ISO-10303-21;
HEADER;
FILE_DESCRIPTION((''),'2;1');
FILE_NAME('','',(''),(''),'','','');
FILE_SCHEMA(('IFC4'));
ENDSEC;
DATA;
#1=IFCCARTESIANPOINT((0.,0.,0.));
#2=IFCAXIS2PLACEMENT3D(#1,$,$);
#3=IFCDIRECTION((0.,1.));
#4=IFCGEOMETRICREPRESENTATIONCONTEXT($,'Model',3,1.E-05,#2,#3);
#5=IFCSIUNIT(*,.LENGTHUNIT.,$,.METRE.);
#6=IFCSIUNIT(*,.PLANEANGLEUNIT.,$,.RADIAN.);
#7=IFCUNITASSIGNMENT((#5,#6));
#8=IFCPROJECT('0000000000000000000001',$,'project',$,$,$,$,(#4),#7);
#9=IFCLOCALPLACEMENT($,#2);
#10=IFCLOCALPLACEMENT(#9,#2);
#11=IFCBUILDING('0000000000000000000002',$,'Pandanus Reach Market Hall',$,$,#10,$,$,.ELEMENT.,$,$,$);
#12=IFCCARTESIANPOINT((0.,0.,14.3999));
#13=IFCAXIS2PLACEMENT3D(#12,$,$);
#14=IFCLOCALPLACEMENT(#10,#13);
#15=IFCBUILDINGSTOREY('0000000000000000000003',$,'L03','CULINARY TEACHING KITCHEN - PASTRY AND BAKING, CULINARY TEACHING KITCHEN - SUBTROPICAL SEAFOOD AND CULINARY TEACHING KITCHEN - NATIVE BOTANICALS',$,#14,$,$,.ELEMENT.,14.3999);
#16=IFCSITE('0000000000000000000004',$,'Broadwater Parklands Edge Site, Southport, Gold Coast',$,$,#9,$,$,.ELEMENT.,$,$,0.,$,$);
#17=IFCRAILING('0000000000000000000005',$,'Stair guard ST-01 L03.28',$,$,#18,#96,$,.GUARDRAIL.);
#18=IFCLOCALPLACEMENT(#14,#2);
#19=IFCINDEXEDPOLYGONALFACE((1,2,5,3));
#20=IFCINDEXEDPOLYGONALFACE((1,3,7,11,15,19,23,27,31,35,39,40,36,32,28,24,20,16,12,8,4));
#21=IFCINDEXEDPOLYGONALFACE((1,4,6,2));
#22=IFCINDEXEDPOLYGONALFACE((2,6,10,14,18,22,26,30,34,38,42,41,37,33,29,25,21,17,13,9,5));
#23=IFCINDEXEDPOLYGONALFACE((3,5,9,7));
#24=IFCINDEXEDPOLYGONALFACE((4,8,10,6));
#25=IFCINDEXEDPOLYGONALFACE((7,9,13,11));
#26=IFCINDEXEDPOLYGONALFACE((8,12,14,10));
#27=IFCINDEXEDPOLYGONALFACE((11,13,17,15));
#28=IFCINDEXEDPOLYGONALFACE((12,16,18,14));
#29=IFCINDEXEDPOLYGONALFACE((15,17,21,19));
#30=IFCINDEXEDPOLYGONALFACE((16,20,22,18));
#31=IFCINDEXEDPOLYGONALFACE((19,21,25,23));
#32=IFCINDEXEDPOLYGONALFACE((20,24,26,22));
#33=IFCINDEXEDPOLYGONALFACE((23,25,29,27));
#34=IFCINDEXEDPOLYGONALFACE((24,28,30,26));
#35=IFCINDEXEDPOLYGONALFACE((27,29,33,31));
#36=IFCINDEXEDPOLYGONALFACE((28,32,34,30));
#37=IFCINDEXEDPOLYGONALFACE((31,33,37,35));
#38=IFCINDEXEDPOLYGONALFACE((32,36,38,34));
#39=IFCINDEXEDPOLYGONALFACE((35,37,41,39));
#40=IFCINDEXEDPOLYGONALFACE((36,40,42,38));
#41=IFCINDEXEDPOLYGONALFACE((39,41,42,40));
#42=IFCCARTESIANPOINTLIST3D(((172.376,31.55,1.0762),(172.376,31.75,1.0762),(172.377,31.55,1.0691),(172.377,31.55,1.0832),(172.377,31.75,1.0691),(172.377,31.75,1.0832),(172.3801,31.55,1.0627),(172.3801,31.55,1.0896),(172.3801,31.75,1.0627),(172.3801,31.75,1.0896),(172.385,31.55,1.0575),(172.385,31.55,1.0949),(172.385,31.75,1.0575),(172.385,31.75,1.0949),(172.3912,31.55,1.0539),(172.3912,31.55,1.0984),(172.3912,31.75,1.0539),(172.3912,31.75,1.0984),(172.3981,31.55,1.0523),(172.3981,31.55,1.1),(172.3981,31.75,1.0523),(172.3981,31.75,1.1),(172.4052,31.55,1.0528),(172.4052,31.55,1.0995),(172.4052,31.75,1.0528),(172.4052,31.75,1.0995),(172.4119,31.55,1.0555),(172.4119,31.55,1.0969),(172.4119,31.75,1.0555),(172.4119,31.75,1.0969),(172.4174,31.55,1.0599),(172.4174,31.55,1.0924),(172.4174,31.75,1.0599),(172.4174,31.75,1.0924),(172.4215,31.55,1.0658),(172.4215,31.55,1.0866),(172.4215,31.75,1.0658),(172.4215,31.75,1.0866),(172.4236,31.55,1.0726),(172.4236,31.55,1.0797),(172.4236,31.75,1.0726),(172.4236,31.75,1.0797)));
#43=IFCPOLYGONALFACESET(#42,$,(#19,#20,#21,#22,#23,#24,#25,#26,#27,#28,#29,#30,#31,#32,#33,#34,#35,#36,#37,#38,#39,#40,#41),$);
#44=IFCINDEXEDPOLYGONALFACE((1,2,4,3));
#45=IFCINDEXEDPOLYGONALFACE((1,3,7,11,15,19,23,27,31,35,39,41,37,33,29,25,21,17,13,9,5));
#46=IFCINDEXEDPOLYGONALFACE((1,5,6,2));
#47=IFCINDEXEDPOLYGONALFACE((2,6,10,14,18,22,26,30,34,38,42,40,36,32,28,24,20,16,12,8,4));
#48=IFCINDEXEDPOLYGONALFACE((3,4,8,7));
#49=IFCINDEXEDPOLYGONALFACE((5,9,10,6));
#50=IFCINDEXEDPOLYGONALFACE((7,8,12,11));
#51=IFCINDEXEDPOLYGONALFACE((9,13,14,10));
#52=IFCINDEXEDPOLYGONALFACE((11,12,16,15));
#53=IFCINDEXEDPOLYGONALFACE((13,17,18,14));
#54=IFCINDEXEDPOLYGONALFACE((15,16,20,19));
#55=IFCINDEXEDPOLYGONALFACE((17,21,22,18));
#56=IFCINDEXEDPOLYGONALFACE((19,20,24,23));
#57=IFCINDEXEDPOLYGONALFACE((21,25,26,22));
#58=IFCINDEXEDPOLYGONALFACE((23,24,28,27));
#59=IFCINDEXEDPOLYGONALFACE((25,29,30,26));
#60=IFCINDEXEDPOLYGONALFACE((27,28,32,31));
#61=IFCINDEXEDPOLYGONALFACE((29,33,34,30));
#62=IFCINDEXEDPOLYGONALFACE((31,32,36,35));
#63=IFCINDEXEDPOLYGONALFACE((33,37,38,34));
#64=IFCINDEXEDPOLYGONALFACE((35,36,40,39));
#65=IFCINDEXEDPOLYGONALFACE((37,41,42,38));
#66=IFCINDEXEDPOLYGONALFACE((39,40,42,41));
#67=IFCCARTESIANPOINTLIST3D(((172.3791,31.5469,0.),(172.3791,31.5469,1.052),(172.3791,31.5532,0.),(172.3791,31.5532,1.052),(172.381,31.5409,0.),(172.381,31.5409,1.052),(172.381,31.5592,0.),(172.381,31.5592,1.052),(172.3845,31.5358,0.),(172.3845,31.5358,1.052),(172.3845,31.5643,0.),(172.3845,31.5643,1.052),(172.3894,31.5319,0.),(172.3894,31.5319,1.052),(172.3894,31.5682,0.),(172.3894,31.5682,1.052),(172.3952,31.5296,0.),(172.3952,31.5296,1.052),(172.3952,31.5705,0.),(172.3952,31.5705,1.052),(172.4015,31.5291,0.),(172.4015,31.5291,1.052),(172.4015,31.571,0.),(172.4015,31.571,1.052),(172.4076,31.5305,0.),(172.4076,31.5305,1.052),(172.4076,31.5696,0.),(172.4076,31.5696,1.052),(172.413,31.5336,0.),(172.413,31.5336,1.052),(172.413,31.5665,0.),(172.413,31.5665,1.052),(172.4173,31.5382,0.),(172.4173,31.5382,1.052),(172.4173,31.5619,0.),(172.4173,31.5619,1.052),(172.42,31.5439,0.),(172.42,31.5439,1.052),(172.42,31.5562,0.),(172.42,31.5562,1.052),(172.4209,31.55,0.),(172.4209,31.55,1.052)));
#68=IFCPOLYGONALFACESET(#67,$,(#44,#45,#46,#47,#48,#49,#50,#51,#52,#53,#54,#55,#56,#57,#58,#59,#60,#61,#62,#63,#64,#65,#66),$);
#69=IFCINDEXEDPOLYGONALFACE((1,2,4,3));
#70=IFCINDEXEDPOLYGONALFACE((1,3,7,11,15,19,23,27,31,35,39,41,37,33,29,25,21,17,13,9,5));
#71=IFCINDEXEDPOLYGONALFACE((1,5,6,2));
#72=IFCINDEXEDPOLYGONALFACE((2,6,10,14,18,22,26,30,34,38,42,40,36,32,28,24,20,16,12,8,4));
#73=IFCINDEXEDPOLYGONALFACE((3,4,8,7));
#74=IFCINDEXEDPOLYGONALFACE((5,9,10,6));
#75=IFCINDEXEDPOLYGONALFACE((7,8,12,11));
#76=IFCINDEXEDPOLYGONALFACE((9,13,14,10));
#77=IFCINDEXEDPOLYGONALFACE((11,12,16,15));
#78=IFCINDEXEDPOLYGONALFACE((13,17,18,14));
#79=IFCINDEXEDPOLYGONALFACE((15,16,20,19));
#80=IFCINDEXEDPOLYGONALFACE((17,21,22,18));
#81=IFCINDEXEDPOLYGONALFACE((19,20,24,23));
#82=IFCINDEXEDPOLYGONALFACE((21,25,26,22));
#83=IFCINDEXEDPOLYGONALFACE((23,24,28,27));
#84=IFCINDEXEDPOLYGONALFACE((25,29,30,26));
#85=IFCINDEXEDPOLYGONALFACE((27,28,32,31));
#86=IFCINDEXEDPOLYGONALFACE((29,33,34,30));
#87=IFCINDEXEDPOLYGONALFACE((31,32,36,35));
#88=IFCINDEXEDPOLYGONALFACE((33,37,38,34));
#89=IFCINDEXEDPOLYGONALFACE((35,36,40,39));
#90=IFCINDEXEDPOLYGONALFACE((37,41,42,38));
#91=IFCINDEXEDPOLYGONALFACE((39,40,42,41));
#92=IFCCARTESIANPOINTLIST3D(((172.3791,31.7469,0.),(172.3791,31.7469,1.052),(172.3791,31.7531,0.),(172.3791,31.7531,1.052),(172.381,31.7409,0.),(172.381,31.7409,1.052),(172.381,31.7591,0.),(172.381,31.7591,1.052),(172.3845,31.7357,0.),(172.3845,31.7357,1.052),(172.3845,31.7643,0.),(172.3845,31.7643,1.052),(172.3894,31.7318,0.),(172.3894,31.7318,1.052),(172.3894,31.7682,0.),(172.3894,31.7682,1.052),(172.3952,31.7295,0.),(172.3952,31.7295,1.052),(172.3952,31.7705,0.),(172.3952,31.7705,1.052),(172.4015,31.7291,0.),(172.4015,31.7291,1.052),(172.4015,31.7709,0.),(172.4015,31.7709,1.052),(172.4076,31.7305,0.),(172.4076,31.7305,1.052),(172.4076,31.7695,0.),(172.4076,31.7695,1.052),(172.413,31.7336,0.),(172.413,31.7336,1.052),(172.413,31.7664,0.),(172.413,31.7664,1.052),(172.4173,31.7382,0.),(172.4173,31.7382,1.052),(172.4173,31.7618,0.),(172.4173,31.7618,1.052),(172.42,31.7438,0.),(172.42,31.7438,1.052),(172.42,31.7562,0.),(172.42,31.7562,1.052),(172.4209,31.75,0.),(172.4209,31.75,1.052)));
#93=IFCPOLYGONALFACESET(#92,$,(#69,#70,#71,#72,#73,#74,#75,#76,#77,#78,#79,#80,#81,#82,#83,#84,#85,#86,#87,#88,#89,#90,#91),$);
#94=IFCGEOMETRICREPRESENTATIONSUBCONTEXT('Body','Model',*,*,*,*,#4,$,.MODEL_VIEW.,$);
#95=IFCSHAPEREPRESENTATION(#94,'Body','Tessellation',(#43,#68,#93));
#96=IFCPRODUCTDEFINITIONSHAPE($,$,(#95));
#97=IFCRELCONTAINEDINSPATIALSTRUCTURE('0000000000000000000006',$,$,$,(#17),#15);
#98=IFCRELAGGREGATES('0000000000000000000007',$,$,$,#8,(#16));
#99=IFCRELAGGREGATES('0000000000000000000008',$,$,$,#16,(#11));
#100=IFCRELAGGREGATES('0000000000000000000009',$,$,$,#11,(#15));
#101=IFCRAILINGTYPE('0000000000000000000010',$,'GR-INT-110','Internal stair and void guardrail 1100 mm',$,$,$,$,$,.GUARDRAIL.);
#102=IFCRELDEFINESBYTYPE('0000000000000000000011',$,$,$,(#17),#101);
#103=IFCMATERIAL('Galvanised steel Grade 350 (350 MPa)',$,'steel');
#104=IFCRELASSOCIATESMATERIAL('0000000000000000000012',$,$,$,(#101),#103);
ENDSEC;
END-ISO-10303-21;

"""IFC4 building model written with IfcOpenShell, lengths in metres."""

from ifc_helpers import new_model, si_unit, direction, frame, origin, origin_2d, place, context, subcontext, project, spatial, circle, extrude, material, type_object, element, save


model = new_model("IFC4")

# Units and contexts
model_context = context("Model", 3, precision=1e-05, world=origin(), true_north=direction((0.0, 1.0)))
body_context = subcontext(model_context, "Body", "Model", "MODEL_VIEW")
ifc_project = project(units=[si_unit("LENGTHUNIT", "METRE"), si_unit("PLANEANGLEUNIT", "RADIAN")], contexts=[model_context])

# Site, building, storey
site_placement = place(None, origin())
site = spatial("IfcSite", under=ifc_project, at=site_placement, Name="Broadwater Parklands Edge Site, Southport, Gold Coast", CompositionType="ELEMENT", RefElevation=0.0)
building_placement = place(site_placement, origin())
building = spatial("IfcBuilding", under=site, at=building_placement, Name="Pandanus Reach Market Hall", CompositionType="ELEMENT")
storey_placement = place(building_placement, frame((0.0, 0.0, 14.3999)))
storey = spatial("IfcBuildingStorey", under=building, at=storey_placement, Name="L03", Description="CULINARY TEACHING KITCHEN - PASTRY AND BAKING, CULINARY TEACHING KITCHEN - SUBTROPICAL SEAFOOD AND CULINARY TEACHING KITCHEN - NATIVE BOTANICALS", CompositionType="ELEMENT", Elevation=14.3999)

# Railing
ifc_material_1 = material(Name="Galvanised steel Grade 350 (350 MPa)", Category="steel")
railing_type_1 = type_object("IfcRailingType", Name="GR-INT-110", Description="Internal stair and void guardrail 1100 mm", PredefinedType="GUARDRAIL", material=ifc_material_1)
railing_1_placement = place(storey_placement, frame((172.3999, 31.55, 0.0)))
element("IfcRailing", 1, at=railing_1_placement, inside=storey, type_object=railing_type_1, Name="Stair guard ST-01 L03.28", PredefinedType="GUARDRAIL", context=body_context, shape_type="SweptSolid", body=[
    extrude(circle(Radius=0.0239, at=origin_2d()), frame((0.0, 0.0, 1.0762), z_axis=(0.0, 1.0, 0.0), x_axis=(-1.0, 0.0, 0.0)), (0.0, 0.0, 1.0), 0.2),
    extrude(circle(Radius=0.021, at=origin_2d()), origin(), (0.0, 0.0, 1.0), 1.052),
    extrude(circle(Radius=0.021, at=origin_2d()), frame((0.0, 0.2, 0.0)), (0.0, 0.0, 1.0), 1.052),
])

save(model, "model.ifc")
